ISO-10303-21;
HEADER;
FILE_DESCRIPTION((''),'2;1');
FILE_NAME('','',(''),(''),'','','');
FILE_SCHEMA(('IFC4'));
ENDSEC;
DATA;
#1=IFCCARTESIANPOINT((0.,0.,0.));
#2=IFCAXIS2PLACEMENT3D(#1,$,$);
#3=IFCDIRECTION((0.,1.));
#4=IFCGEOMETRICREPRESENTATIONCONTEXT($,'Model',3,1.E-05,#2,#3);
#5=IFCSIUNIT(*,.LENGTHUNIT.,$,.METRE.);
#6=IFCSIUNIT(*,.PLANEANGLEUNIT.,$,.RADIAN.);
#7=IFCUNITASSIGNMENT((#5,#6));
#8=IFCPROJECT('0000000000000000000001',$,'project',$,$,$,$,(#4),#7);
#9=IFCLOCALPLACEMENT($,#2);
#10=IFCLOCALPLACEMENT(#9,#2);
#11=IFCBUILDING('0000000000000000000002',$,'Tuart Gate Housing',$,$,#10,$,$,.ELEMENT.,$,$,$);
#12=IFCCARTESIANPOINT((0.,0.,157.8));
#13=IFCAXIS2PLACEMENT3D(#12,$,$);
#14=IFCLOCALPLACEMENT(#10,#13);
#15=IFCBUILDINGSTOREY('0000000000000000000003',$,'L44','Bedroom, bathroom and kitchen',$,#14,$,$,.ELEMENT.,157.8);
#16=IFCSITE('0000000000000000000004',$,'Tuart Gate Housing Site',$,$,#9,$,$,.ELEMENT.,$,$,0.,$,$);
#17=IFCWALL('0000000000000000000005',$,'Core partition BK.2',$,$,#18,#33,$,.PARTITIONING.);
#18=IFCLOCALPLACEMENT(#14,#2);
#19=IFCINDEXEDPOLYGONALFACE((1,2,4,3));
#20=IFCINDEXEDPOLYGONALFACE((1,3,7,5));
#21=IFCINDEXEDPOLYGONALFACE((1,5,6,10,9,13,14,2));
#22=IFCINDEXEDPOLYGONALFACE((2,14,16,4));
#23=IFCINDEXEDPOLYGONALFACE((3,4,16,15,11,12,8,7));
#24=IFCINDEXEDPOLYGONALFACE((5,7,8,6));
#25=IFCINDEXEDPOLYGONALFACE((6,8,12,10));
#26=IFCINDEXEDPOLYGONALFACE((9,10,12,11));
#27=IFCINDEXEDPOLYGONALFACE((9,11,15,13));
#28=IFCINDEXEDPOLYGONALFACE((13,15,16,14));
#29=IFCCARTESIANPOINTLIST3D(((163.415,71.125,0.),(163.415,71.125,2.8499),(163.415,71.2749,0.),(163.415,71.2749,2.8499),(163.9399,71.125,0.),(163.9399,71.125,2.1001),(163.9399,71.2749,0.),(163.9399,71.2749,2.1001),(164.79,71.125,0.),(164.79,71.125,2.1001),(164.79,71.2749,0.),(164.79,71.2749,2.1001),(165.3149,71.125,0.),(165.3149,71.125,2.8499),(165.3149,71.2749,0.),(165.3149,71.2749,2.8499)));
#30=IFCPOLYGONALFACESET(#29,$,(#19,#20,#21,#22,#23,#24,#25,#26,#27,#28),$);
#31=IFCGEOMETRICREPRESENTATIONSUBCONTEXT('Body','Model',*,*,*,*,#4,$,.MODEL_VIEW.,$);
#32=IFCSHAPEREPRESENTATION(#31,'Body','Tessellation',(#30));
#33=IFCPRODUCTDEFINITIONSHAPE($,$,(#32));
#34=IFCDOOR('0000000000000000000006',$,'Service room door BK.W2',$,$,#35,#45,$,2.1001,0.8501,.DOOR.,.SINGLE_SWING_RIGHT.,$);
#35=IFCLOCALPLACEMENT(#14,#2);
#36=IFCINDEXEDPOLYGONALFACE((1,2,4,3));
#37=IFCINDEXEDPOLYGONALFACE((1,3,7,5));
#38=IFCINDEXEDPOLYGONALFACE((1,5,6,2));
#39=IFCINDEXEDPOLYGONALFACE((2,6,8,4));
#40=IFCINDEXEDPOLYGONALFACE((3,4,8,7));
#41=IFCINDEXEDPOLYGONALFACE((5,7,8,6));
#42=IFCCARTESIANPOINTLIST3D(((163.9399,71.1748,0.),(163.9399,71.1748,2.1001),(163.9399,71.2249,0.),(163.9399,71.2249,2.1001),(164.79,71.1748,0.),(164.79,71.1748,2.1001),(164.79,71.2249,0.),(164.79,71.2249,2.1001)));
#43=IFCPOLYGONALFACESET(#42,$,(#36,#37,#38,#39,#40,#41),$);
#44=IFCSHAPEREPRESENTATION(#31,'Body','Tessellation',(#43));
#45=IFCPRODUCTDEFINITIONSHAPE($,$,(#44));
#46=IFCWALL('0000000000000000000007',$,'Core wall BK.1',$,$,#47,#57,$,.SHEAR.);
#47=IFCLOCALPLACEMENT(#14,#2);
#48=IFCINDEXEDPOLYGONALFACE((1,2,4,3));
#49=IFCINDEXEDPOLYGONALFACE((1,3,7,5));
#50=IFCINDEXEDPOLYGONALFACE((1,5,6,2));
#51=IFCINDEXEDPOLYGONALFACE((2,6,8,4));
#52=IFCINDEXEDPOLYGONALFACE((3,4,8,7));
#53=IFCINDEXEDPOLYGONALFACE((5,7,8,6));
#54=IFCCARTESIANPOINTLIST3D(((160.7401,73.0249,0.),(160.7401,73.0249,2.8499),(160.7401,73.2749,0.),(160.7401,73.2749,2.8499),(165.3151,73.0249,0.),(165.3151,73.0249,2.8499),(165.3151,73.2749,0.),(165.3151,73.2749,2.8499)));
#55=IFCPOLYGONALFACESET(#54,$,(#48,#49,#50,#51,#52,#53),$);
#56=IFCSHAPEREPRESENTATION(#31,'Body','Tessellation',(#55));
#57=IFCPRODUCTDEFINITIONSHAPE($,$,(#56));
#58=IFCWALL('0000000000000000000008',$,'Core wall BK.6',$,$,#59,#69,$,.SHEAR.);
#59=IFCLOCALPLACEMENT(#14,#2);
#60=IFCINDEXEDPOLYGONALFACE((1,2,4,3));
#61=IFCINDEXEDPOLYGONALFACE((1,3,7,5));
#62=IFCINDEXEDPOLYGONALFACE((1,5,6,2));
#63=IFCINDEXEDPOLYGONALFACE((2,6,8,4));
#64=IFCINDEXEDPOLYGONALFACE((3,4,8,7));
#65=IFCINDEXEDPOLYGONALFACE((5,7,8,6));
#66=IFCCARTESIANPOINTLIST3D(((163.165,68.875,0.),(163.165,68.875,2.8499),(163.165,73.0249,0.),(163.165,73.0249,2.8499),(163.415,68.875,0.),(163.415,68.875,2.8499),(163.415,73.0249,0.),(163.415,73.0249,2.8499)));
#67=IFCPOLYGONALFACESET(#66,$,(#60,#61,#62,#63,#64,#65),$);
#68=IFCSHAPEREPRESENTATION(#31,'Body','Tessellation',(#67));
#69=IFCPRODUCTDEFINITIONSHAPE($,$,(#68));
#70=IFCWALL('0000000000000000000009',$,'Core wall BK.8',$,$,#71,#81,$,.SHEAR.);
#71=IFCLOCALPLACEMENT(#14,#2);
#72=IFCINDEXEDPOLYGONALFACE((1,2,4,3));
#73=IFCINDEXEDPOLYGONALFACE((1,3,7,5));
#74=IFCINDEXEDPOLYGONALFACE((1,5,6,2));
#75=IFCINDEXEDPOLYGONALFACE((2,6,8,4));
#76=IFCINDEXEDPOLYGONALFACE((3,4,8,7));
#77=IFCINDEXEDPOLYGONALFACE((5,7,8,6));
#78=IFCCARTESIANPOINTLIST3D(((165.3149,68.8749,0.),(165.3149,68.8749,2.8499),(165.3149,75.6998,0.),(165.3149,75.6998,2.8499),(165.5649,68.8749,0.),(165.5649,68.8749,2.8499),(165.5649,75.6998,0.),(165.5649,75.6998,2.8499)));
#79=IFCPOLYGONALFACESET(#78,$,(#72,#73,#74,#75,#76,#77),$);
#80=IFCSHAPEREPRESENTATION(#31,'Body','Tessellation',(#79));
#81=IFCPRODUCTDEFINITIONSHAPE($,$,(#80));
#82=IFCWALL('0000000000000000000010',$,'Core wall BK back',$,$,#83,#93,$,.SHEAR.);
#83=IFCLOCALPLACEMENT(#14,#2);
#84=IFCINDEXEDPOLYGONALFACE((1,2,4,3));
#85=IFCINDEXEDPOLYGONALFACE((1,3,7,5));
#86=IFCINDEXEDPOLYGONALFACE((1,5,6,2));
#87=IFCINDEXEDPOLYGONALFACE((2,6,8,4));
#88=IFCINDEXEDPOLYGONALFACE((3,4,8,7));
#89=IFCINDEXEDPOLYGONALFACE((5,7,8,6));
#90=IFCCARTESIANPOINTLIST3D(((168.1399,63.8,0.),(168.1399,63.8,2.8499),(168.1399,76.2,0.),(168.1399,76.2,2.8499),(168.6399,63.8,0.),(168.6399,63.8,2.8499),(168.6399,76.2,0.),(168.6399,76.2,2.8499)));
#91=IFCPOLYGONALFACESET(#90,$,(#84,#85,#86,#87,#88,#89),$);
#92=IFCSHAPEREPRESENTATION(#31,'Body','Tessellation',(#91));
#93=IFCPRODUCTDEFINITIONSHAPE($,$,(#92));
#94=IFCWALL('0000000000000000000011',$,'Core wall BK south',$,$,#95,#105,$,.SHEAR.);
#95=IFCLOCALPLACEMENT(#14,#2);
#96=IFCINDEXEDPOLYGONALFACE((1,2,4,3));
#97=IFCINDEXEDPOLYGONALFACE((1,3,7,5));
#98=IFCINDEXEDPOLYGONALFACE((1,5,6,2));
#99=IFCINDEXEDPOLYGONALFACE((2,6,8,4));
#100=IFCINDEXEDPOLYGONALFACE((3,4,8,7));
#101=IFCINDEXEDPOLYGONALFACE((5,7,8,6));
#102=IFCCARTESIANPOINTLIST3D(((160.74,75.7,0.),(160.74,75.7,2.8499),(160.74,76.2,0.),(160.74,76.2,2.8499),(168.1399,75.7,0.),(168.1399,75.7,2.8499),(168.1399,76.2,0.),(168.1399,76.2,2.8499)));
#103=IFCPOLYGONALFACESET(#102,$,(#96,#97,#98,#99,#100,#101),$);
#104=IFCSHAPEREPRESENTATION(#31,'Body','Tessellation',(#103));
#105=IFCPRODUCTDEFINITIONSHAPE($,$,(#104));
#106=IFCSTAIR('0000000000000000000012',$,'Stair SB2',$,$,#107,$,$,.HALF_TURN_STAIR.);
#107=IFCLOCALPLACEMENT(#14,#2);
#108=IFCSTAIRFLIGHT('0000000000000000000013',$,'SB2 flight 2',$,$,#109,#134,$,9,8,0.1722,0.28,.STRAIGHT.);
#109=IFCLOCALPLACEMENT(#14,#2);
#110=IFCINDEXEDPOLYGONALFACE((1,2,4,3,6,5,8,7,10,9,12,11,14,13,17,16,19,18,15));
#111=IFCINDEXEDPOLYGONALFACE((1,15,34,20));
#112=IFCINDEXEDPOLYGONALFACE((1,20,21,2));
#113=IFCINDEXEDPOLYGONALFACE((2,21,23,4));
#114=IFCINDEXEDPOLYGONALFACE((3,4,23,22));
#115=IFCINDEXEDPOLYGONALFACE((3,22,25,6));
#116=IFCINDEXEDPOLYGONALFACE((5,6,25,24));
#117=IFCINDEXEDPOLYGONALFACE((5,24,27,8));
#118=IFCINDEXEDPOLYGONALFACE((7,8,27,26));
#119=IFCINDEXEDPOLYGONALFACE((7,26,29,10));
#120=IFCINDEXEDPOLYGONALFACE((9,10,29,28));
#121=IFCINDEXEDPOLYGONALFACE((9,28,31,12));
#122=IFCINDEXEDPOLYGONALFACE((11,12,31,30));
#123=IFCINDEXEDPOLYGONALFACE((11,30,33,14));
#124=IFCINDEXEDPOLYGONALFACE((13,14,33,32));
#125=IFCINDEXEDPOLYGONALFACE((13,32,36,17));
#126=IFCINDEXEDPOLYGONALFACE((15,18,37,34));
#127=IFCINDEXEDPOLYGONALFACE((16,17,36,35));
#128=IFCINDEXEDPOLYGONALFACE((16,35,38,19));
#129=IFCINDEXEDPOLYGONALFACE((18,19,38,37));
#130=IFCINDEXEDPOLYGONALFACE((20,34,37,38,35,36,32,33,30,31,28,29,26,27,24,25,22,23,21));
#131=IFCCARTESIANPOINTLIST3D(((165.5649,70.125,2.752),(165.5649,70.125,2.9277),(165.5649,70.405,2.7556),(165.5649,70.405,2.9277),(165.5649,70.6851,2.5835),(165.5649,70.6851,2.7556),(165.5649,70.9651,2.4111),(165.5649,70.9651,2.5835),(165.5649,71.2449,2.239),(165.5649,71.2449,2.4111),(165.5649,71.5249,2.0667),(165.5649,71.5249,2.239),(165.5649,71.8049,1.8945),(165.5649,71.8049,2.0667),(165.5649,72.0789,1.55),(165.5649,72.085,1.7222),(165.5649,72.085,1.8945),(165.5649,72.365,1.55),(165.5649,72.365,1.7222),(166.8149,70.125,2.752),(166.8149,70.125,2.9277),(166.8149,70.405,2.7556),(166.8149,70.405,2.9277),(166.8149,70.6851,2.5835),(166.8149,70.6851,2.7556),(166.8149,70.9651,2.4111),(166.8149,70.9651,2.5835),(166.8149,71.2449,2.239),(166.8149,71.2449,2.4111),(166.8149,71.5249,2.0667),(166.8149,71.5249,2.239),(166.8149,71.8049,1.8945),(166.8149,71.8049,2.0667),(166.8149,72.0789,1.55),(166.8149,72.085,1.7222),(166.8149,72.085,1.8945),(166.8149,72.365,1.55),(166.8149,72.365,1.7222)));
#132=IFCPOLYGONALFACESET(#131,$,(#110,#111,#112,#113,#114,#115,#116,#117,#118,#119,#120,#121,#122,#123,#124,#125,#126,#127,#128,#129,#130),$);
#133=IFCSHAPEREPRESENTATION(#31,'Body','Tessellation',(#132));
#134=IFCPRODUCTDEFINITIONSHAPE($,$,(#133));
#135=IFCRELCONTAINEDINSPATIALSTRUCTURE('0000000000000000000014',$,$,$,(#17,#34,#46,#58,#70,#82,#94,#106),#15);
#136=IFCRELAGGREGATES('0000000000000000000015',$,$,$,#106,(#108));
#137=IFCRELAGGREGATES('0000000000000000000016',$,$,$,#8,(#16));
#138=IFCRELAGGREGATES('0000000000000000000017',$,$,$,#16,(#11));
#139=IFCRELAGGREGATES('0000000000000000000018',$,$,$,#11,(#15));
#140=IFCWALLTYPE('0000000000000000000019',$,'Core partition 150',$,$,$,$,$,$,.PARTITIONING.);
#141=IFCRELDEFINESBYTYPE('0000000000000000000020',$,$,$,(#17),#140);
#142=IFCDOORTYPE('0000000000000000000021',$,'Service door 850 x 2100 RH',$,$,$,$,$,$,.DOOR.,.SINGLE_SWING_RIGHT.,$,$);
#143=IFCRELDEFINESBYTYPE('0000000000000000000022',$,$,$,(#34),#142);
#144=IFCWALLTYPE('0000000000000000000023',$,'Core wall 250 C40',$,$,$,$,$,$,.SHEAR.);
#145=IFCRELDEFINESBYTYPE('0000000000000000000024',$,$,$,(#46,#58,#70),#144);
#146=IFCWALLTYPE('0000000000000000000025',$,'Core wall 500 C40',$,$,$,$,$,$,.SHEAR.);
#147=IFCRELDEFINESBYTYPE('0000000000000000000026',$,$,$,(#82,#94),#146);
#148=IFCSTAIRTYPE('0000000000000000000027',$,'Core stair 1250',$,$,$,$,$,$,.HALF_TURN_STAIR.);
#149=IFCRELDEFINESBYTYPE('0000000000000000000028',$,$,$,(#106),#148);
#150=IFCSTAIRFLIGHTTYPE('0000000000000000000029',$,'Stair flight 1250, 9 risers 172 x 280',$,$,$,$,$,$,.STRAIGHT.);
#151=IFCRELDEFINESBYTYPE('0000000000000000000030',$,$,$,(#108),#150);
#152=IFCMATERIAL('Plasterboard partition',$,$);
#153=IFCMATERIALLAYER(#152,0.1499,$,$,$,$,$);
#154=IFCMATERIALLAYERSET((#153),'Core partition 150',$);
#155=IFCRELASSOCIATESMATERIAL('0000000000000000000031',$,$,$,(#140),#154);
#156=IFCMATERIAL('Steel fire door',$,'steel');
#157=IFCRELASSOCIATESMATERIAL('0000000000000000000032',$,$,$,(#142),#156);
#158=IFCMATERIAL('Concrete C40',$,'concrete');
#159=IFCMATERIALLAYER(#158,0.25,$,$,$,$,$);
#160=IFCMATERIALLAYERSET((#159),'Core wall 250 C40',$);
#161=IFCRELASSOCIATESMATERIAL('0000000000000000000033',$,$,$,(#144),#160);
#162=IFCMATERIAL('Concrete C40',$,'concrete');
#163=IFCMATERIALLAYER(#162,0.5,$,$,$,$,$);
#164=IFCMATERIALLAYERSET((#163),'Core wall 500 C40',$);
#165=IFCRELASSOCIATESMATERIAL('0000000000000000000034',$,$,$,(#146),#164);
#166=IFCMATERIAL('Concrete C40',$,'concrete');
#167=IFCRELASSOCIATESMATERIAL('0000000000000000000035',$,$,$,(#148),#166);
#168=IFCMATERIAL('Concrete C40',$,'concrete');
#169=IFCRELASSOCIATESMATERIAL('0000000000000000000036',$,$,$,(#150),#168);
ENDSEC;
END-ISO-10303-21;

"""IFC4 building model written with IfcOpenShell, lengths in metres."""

from ifc_helpers import new_model, si_unit, direction, frame, frame_2d, origin, place, context, subcontext, project, spatial, polyline, rectangle, outline, extrude, material, layer, layer_set, type_object, element, fill, aggregate, save


model = new_model("IFC4")

# Units and contexts
model_context = context("Model", 3, precision=1e-05, world=origin(), true_north=direction((0.0, 1.0)))
body_context = subcontext(model_context, "Body", "Model", "MODEL_VIEW")
ifc_project = project(units=[si_unit("LENGTHUNIT", "METRE"), si_unit("PLANEANGLEUNIT", "RADIAN")], contexts=[model_context])

# Site, building, storey
site_placement = place(None, origin())
site = spatial("IfcSite", under=ifc_project, at=site_placement, Name="Tuart Gate Housing Site", CompositionType="ELEMENT", RefElevation=0.0)
building_placement = place(site_placement, origin())
building = spatial("IfcBuilding", under=site, at=building_placement, Name="Tuart Gate Housing", CompositionType="ELEMENT")
storey_placement = place(building_placement, frame((0.0, 0.0, 157.8)))
storey = spatial("IfcBuildingStorey", under=building, at=storey_placement, Name="L44", Description="Bedroom, bathroom and kitchen", CompositionType="ELEMENT", Elevation=157.8)

# Wall, opening, door
ifc_material_1 = material(Name="Plasterboard partition")
ifc_layer_1 = layer(ifc_material_1, 0.1499)
ifc_layer_set_1 = layer_set([ifc_layer_1], Name="Core partition 150")
wall_type_1 = type_object("IfcWallType", Name="Core partition 150", PredefinedType="PARTITIONING", material=ifc_layer_set_1)
wall_1_placement = place(storey_placement, frame((163.415, 71.2, 0.0), z_axis=(0.0, 0.0, 1.0), x_axis=(1.0, 0.0, 0.0)))
wall_1 = element("IfcWall", 1, at=wall_1_placement, inside=storey, type_object=wall_type_1, Name="Core partition BK.2", PredefinedType="PARTITIONING", context=body_context, shape_type="SweptSolid", body=[
    extrude(rectangle(XDim=1.8999, YDim=0.1499, at=frame_2d((0.95, 0.0))), origin(), (0.0, 0.0, 1.0), 2.8499),
])
opening_placement = place(wall_1_placement, frame((0.5249, 0.0, 0.0)))
opening = element("IfcOpeningElement", 2, at=opening_placement, cuts=wall_1, PredefinedType="OPENING", context=body_context, shape_type="SweptSolid", body=[
    extrude(rectangle(XDim=0.8501, YDim=2.1001, at=frame_2d((0.425, 1.05))), frame((0.0, 0.085, 0.0), z_axis=(0.0, -1.0, 0.0), x_axis=(1.0, 0.0, 0.0)), (0.0, 0.0, 1.0), 0.1699),
])
ifc_material_2 = material(Name="Steel fire door", Category="steel")
door_type = type_object("IfcDoorType", Name="Service door 850 x 2100 RH", OperationType="SINGLE_SWING_RIGHT", PredefinedType="DOOR", material=ifc_material_2)
door_placement = place(opening_placement, frame((0.8501, 0.0, 0.0), z_axis=(0.0, 0.0, 1.0), x_axis=(-1.0, 0.0, 0.0)))
door = element("IfcDoor", 3, at=door_placement, inside=storey, type_object=door_type, Name="Service room door BK.W2", OperationType="SINGLE_SWING_RIGHT", OverallHeight=2.1001, OverallWidth=0.8501, PredefinedType="DOOR", context=body_context, shape_type="SweptSolid", body=[
    extrude(rectangle(XDim=0.8501, YDim=2.1001, at=frame_2d((0.425, 1.05))), frame((0.0, 0.0251, 0.0), z_axis=(0.0, -1.0, 0.0), x_axis=(1.0, 0.0, 0.0)), (0.0, 0.0, 1.0), 0.05),
])
fill(opening, door)

# Walls
ifc_material_3 = material(Name="Concrete C40", Category="concrete")
ifc_layer_2 = layer(ifc_material_3, 0.25)
ifc_layer_set_2 = layer_set([ifc_layer_2], Name="Core wall 250 C40")
wall_type_2 = type_object("IfcWallType", Name="Core wall 250 C40", PredefinedType="SHEAR", material=ifc_layer_set_2)
wall_2_placement = place(storey_placement, frame((160.74, 73.1499, 0.0), z_axis=(0.0, 0.0, 1.0), x_axis=(1.0, 0.0, 0.0)))
element("IfcWall", 4, at=wall_2_placement, inside=storey, type_object=wall_type_2, Name="Core wall BK.1", PredefinedType="SHEAR", context=body_context, shape_type="SweptSolid", body=[
    extrude(rectangle(XDim=4.575, YDim=0.25, at=frame_2d((2.2876, 0.0))), origin(), (0.0, 0.0, 1.0), 2.8499),
])
wall_3_placement = place(storey_placement, frame((163.29, 73.0249, 0.0), z_axis=(0.0, 0.0, 1.0), x_axis=(0.0, -1.0, 0.0)))
element("IfcWall", 5, at=wall_3_placement, inside=storey, type_object=wall_type_2, Name="Core wall BK.6", PredefinedType="SHEAR", context=body_context, shape_type="SweptSolid", body=[
    extrude(rectangle(XDim=4.1499, YDim=0.25, at=frame_2d((2.075, 0.0))), origin(), (0.0, 0.0, 1.0), 2.8499),
])
wall_4_placement = place(storey_placement, frame((165.4399, 75.7, 0.0), z_axis=(0.0, 0.0, 1.0), x_axis=(0.0, -1.0, 0.0)))
element("IfcWall", 6, at=wall_4_placement, inside=storey, type_object=wall_type_2, Name="Core wall BK.8", PredefinedType="SHEAR", context=body_context, shape_type="SweptSolid", body=[
    extrude(rectangle(XDim=6.825, YDim=0.25, at=frame_2d((3.4126, 0.0))), origin(), (0.0, 0.0, 1.0), 2.8499),
])
ifc_material_4 = material(Name="Concrete C40", Category="concrete")
ifc_layer_3 = layer(ifc_material_4, 0.5)
ifc_layer_set_3 = layer_set([ifc_layer_3], Name="Core wall 500 C40")
wall_type_3 = type_object("IfcWallType", Name="Core wall 500 C40", PredefinedType="SHEAR", material=ifc_layer_set_3)
wall_5_placement = place(storey_placement, frame((168.3899, 76.2, 0.0), z_axis=(0.0, 0.0, 1.0), x_axis=(0.0, -1.0, 0.0)))
element("IfcWall", 7, at=wall_5_placement, inside=storey, type_object=wall_type_3, Name="Core wall BK back", PredefinedType="SHEAR", context=body_context, shape_type="SweptSolid", body=[
    extrude(rectangle(XDim=12.3999, YDim=0.5, at=frame_2d((6.2, 0.0))), origin(), (0.0, 0.0, 1.0), 2.8499),
])
wall_6_placement = place(storey_placement, frame((160.74, 75.95, 0.0), z_axis=(0.0, 0.0, 1.0), x_axis=(1.0, 0.0, 0.0)))
element("IfcWall", 8, at=wall_6_placement, inside=storey, type_object=wall_type_3, Name="Core wall BK south", PredefinedType="SHEAR", context=body_context, shape_type="SweptSolid", body=[
    extrude(rectangle(XDim=7.3999, YDim=0.5, at=frame_2d((3.7, 0.0))), origin(), (0.0, 0.0, 1.0), 2.8499),
])

# Stair, stair flight
ifc_material_5 = material(Name="Concrete C40", Category="concrete")
stair_type = type_object("IfcStairType", Name="Core stair 1250", PredefinedType="HALF_TURN_STAIR", material=ifc_material_5)
stair_placement = place(storey_placement, origin())
stair = element("IfcStair", 9, at=stair_placement, inside=storey, type_object=stair_type, Name="Stair SB2", PredefinedType="HALF_TURN_STAIR")
ifc_material_6 = material(Name="Concrete C40", Category="concrete")
stair_flight_type = type_object("IfcStairFlightType", Name="Stair flight 1250, 9 risers 172 x 280", PredefinedType="STRAIGHT", material=ifc_material_6)
stair_flight_placement = place(storey_placement, frame((166.1899, 72.365, 1.55), z_axis=(0.0, 0.0, 1.0), x_axis=(0.0, -1.0, 0.0)))
stair_flight = element("IfcStairFlight", 10, at=stair_flight_placement, type_object=stair_flight_type, Name="SB2 flight 2", NumberOfRisers=9, NumberOfTreads=8, PredefinedType="STRAIGHT", RiserHeight=0.1722, TreadLength=0.28, context=body_context, shape_type="SweptSolid", body=[
    extrude(outline(polyline([(0.0, 0.0), (0.0, 0.1721), (0.28, 0.1721), (0.28, 0.3445), (0.5601, 0.3445), (0.5601, 0.5166), (0.8401, 0.5166), (0.8401, 0.689), (1.1201, 0.689), (1.1201, 0.8611), (1.3999, 0.8611), (1.3999, 1.0334), (1.6799, 1.0334), (1.6799, 1.2056), (1.96, 1.2056), (1.96, 1.3777), (2.24, 1.3777), (2.24, 1.55), (2.24, 1.2019), (0.2861, 0.0), (0.0, 0.0)])), frame((0.0, 0.625, 0.0), z_axis=(0.0, -1.0, 0.0), x_axis=(1.0, 0.0, 0.0)), (0.0, 0.0, 1.0), 1.25),
])
aggregate(stair, [stair_flight])

save(model, "model.ifc")
